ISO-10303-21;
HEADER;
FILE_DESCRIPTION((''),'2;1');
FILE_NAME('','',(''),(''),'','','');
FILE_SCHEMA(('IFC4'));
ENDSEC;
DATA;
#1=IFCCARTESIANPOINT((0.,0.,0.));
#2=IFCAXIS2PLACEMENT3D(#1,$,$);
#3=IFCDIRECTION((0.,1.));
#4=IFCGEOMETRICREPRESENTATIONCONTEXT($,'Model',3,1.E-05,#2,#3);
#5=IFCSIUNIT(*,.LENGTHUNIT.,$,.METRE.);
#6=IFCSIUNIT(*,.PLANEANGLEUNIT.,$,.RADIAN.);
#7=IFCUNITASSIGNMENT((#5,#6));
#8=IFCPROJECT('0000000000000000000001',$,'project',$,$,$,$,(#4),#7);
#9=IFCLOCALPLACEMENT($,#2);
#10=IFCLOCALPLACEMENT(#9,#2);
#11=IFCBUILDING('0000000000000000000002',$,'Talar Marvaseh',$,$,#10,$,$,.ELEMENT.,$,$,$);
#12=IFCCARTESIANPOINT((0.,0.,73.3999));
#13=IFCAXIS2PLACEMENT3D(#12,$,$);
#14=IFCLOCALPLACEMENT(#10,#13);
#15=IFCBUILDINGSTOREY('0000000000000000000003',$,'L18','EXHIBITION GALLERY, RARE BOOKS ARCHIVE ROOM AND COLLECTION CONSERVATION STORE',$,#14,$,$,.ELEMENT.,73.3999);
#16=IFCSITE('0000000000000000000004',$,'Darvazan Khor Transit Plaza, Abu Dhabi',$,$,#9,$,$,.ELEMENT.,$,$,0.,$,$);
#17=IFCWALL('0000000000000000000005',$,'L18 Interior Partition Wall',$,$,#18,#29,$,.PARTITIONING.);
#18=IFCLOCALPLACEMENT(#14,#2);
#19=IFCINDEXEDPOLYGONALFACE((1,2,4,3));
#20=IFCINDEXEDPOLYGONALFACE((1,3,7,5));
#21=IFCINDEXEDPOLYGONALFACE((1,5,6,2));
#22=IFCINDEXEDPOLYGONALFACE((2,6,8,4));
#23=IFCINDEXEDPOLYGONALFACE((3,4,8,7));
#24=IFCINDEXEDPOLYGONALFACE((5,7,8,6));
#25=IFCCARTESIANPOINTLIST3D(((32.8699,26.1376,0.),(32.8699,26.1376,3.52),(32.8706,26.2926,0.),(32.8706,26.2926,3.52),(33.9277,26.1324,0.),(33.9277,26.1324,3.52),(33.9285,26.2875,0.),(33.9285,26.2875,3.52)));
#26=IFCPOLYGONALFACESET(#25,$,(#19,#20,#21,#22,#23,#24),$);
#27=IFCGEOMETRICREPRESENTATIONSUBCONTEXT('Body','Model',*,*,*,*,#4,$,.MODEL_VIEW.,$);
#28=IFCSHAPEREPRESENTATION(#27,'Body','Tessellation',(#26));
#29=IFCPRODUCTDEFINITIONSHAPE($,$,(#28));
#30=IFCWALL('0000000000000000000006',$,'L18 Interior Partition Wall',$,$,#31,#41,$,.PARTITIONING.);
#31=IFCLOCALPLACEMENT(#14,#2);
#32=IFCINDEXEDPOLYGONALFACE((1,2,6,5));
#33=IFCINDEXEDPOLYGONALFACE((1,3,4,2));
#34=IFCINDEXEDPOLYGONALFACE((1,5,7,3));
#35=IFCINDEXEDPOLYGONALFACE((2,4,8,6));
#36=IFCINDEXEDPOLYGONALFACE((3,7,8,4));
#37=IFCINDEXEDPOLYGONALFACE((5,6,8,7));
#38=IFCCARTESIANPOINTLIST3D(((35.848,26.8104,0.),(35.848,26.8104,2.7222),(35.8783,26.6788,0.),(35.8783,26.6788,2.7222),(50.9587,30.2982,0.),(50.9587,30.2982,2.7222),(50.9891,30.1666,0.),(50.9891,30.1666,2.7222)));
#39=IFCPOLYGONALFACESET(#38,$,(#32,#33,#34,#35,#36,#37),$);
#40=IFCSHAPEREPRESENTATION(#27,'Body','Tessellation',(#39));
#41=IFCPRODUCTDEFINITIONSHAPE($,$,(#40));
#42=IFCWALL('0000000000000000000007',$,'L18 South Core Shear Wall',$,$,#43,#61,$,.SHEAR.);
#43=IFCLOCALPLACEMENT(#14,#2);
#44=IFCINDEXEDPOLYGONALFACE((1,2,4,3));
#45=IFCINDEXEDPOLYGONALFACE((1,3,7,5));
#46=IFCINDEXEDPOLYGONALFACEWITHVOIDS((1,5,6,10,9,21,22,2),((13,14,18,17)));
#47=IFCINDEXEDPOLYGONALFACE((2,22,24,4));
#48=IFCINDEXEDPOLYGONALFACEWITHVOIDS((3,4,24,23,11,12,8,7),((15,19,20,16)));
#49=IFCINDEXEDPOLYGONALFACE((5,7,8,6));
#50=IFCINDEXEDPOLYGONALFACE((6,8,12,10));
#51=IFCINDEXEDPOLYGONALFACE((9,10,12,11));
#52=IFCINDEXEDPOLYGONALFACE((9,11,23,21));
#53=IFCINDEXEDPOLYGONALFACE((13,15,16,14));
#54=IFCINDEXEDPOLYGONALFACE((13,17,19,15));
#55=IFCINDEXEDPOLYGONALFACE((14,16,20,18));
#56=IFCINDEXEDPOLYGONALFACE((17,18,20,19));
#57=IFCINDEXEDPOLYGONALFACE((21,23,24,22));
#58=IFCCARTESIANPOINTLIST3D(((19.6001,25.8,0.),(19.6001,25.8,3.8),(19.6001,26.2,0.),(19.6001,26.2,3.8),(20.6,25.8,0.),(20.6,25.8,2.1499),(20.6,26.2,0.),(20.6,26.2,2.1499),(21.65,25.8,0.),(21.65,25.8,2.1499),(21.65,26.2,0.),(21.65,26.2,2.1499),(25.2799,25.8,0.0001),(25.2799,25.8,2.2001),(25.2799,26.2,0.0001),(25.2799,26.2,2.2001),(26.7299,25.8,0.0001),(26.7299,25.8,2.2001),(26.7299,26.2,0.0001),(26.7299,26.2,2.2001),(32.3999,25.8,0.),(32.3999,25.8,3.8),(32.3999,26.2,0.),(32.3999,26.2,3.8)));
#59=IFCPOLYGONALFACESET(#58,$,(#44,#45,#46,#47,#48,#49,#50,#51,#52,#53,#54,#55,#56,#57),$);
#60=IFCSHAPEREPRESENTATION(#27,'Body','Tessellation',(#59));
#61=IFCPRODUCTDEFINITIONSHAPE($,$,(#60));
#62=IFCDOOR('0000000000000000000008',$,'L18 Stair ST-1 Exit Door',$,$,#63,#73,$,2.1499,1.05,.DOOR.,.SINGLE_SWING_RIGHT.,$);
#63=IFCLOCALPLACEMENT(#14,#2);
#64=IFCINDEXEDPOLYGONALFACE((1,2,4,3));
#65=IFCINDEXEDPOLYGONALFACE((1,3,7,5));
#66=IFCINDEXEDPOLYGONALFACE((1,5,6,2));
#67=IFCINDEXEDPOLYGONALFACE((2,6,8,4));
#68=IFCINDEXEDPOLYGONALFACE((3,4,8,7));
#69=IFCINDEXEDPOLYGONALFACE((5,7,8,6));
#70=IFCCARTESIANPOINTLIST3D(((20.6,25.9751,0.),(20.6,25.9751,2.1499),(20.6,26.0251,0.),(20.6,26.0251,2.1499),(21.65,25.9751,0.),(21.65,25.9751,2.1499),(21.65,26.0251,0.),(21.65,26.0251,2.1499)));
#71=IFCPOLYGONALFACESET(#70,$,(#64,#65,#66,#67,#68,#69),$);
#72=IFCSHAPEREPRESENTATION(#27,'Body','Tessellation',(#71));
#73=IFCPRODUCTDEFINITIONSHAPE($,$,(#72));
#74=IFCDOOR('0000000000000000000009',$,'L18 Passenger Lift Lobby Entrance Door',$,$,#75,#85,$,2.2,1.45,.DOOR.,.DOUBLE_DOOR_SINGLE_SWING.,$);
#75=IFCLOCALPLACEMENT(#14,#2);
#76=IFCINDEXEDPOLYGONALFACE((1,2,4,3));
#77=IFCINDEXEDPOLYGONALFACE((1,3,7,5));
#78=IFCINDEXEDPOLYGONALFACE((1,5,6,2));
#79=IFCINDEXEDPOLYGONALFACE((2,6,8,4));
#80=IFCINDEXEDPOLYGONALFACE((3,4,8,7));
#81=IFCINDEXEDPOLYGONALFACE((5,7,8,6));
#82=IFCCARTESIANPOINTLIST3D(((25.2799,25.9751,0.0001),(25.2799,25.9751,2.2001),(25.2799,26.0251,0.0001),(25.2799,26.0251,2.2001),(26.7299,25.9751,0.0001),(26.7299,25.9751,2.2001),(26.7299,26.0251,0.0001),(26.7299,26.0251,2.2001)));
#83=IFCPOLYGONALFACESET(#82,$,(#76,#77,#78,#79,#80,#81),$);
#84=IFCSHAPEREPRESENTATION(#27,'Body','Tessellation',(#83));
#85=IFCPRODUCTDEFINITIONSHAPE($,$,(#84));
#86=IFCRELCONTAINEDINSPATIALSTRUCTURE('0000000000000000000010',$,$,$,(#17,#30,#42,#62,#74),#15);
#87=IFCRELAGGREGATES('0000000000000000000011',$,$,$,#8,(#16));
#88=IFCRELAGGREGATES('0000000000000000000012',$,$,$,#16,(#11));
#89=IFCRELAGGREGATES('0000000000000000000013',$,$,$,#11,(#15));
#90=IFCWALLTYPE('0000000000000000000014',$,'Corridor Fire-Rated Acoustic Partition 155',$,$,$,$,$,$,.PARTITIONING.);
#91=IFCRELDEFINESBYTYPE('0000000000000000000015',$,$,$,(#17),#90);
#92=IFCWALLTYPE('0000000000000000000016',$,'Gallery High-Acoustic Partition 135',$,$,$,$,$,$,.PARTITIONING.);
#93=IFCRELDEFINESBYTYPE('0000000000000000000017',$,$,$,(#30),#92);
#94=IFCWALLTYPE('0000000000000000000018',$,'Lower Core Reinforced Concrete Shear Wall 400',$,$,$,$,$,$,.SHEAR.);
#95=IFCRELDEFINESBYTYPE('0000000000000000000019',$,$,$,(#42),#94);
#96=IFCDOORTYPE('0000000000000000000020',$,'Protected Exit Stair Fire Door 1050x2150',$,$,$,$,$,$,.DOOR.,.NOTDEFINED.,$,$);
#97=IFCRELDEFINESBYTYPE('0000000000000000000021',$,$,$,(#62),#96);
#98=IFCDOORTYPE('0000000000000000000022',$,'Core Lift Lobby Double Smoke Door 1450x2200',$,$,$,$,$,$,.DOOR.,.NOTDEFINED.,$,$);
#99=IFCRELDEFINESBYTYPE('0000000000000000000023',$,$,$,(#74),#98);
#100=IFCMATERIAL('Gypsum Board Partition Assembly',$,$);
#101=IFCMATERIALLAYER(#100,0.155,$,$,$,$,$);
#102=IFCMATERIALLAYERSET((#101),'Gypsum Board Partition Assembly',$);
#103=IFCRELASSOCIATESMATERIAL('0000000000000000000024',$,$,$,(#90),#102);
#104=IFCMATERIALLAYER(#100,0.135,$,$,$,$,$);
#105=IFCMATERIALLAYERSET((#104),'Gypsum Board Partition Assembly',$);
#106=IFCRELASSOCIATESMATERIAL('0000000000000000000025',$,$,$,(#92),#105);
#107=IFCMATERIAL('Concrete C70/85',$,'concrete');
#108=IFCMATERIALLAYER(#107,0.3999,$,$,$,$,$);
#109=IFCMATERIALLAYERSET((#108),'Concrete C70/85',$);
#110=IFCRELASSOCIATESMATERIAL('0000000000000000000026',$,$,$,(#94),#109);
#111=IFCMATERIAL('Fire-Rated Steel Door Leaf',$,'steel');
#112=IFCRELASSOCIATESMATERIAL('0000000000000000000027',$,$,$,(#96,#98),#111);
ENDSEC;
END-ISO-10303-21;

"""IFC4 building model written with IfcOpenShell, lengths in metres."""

from ifc_helpers import new_model, si_unit, direction, frame, frame_2d, origin, place, context, subcontext, project, spatial, rectangle, extrude, source, transform, mapped, material, layer, layer_set, type_object, type_shapes, element, fill, save


model = new_model("IFC4")

# Units and contexts
model_context = context("Model", 3, precision=1e-05, world=origin(), true_north=direction((0.0, 1.0)))
body_context = subcontext(model_context, "Body", "Model", "MODEL_VIEW")
ifc_project = project(units=[si_unit("LENGTHUNIT", "METRE"), si_unit("PLANEANGLEUNIT", "RADIAN")], contexts=[model_context])

# Site, building, storey
site_placement = place(None, origin())
site = spatial("IfcSite", under=ifc_project, at=site_placement, Name="Darvazan Khor Transit Plaza, Abu Dhabi", CompositionType="ELEMENT", RefElevation=0.0)
building_placement = place(site_placement, origin())
building = spatial("IfcBuilding", under=site, at=building_placement, Name="Talar Marvaseh", CompositionType="ELEMENT")
storey_placement = place(building_placement, frame((0.0, 0.0, 73.3999)))
storey = spatial("IfcBuildingStorey", under=building, at=storey_placement, Name="L18", Description="EXHIBITION GALLERY, RARE BOOKS ARCHIVE ROOM AND COLLECTION CONSERVATION STORE", CompositionType="ELEMENT", Elevation=73.3999)

# Shared definitions
ifc_material_1 = material(Name="Concrete C70/85", Category="concrete")

# Shared definitions
ifc_material_2 = material(Name="Gypsum Board Partition Assembly")
ifc_layer_1 = layer(ifc_material_2, 0.155)
ifc_layer_set_1 = layer_set([ifc_layer_1], Name="Gypsum Board Partition Assembly")
wall_type_1 = type_object("IfcWallType", Name="Corridor Fire-Rated Acoustic Partition 155", PredefinedType="PARTITIONING", material=ifc_layer_set_1)

# Walls
wall_1_placement = place(storey_placement, frame((33.928, 26.21, 0.0), z_axis=(0.0, 0.0, 1.0), x_axis=(-0.999988, 0.004846, 0.0)))
element("IfcWall", 1, at=wall_1_placement, inside=storey, type_object=wall_type_1, Name="L18 Interior Partition Wall", PredefinedType="PARTITIONING", context=body_context, shape_type="SweptSolid", body=[
    extrude(rectangle(XDim=1.0579, YDim=0.155, at=frame_2d((0.5288, 0.0))), origin(), (0.0, 0.0, 1.0), 3.52),
])
ifc_layer_2 = layer(ifc_material_2, 0.135)
ifc_layer_set_2 = layer_set([ifc_layer_2], Name="Gypsum Board Partition Assembly")
wall_type_2 = type_object("IfcWallType", Name="Gallery High-Acoustic Partition 135", PredefinedType="PARTITIONING", material=ifc_layer_set_2)
wall_2_placement = place(storey_placement, frame((35.8633, 26.7446, 0.0), z_axis=(0.0, 0.0, 1.0), x_axis=(0.974382, 0.224901, 0.0)))
element("IfcWall", 2, at=wall_2_placement, inside=storey, type_object=wall_type_2, Name="L18 Interior Partition Wall", PredefinedType="PARTITIONING", context=body_context, shape_type="SweptSolid", body=[
    extrude(rectangle(XDim=15.5081, YDim=0.135, at=frame_2d((7.7539, 0.0))), origin(), (0.0, 0.0, 1.0), 2.7222),
])

# Wall, openings, doors
ifc_layer_3 = layer(ifc_material_1, 0.3999)
ifc_layer_set_3 = layer_set([ifc_layer_3], Name="Concrete C70/85")
wall_type_3 = type_object("IfcWallType", Name="Lower Core Reinforced Concrete Shear Wall 400", PredefinedType="SHEAR", material=ifc_layer_set_3)
wall_3_placement = place(storey_placement, frame((32.3999, 26.0, 0.0), z_axis=(0.0, 0.0, 1.0), x_axis=(-1.0, 0.0, 0.0)))
wall_3 = element("IfcWall", 3, at=wall_3_placement, inside=storey, type_object=wall_type_3, Name="L18 South Core Shear Wall", PredefinedType="SHEAR", context=body_context, shape_type="SweptSolid", body=[
    extrude(rectangle(XDim=12.7998, YDim=0.3999, at=frame_2d((6.3999, 0.0))), origin(), (0.0, 0.0, 1.0), 3.8),
])
opening_1_placement = place(wall_3_placement, frame((10.75, 0.0, 0.0)))
opening_1 = element("IfcOpeningElement", 4, at=opening_1_placement, cuts=wall_3, PredefinedType="OPENING", context=body_context, shape_type="SweptSolid", body=[
    extrude(rectangle(XDim=1.05, YDim=2.1499, at=frame_2d((0.5249, 1.075))), frame((0.0, 0.21, 0.0), z_axis=(0.0, -1.0, 0.0), x_axis=(1.0, 0.0, 0.0)), (0.0, 0.0, 1.0), 0.4199),
])
opening_2_placement = place(wall_3_placement, frame((5.6699, 0.0, 0.0)))
opening_2 = element("IfcOpeningElement", 5, at=opening_2_placement, cuts=wall_3, PredefinedType="OPENING", context=body_context, shape_type="SweptSolid", body=[
    extrude(rectangle(XDim=1.45, YDim=2.2, at=frame_2d((0.7251, 1.1001))), frame((0.0, 0.21, 0.0), z_axis=(0.0, -1.0, 0.0), x_axis=(1.0, 0.0, 0.0)), (0.0, 0.0, 1.0), 0.4199),
])
ifc_material_3 = material(Name="Fire-Rated Steel Door Leaf", Category="steel")
door_type_1 = type_object("IfcDoorType", Name="Protected Exit Stair Fire Door 1050x2150", OperationType="NOTDEFINED", PredefinedType="DOOR", material=ifc_material_3)
shared_shape_1 = source(origin(), body_context, "Body", "SweptSolid", [
    extrude(rectangle(XDim=1.05, YDim=2.1499, at=frame_2d((0.5249, 1.075))), frame((0.0, 0.0249, 0.0), z_axis=(0.0, -1.0, 0.0), x_axis=(1.0, 0.0, 0.0)), (0.0, 0.0, 1.0), 0.05),
])
type_shapes(door_type_1, [shared_shape_1])
door_1_placement = place(opening_1_placement, origin())
door_1 = element("IfcDoor", 6, at=door_1_placement, inside=storey, type_object=door_type_1, Name="L18 Stair ST-1 Exit Door", OperationType="SINGLE_SWING_RIGHT", OverallHeight=2.1499, OverallWidth=1.05, PredefinedType="DOOR", context=body_context, shape_type="MappedRepresentation", body=[
    mapped(shared_shape_1, transform((0.0, 0.0, 0.0), x_axis=(1.0, 0.0, 0.0), y_axis=(0.0, 1.0, 0.0), z_axis=(0.0, 0.0, 1.0), scale=1.0)),
])
fill(opening_1, door_1)
door_type_2 = type_object("IfcDoorType", Name="Core Lift Lobby Double Smoke Door 1450x2200", OperationType="NOTDEFINED", PredefinedType="DOOR", material=ifc_material_3)
shared_shape_2 = source(origin(), body_context, "Body", "SweptSolid", [
    extrude(rectangle(XDim=1.45, YDim=2.2, at=frame_2d((0.7251, 1.1001))), frame((0.0, 0.0249, 0.0), z_axis=(0.0, -1.0, 0.0), x_axis=(1.0, 0.0, 0.0)), (0.0, 0.0, 1.0), 0.05),
])
type_shapes(door_type_2, [shared_shape_2])
door_2_placement = place(opening_2_placement, origin())
door_2 = element("IfcDoor", 7, at=door_2_placement, inside=storey, type_object=door_type_2, Name="L18 Passenger Lift Lobby Entrance Door", OperationType="DOUBLE_DOOR_SINGLE_SWING", OverallHeight=2.2, OverallWidth=1.45, PredefinedType="DOOR", context=body_context, shape_type="MappedRepresentation", body=[
    mapped(shared_shape_2, transform((0.0, 0.0, 0.0), x_axis=(1.0, 0.0, 0.0), y_axis=(0.0, 1.0, 0.0), z_axis=(0.0, 0.0, 1.0), scale=1.0)),
])
fill(opening_2, door_2)

save(model, "model.ifc")
